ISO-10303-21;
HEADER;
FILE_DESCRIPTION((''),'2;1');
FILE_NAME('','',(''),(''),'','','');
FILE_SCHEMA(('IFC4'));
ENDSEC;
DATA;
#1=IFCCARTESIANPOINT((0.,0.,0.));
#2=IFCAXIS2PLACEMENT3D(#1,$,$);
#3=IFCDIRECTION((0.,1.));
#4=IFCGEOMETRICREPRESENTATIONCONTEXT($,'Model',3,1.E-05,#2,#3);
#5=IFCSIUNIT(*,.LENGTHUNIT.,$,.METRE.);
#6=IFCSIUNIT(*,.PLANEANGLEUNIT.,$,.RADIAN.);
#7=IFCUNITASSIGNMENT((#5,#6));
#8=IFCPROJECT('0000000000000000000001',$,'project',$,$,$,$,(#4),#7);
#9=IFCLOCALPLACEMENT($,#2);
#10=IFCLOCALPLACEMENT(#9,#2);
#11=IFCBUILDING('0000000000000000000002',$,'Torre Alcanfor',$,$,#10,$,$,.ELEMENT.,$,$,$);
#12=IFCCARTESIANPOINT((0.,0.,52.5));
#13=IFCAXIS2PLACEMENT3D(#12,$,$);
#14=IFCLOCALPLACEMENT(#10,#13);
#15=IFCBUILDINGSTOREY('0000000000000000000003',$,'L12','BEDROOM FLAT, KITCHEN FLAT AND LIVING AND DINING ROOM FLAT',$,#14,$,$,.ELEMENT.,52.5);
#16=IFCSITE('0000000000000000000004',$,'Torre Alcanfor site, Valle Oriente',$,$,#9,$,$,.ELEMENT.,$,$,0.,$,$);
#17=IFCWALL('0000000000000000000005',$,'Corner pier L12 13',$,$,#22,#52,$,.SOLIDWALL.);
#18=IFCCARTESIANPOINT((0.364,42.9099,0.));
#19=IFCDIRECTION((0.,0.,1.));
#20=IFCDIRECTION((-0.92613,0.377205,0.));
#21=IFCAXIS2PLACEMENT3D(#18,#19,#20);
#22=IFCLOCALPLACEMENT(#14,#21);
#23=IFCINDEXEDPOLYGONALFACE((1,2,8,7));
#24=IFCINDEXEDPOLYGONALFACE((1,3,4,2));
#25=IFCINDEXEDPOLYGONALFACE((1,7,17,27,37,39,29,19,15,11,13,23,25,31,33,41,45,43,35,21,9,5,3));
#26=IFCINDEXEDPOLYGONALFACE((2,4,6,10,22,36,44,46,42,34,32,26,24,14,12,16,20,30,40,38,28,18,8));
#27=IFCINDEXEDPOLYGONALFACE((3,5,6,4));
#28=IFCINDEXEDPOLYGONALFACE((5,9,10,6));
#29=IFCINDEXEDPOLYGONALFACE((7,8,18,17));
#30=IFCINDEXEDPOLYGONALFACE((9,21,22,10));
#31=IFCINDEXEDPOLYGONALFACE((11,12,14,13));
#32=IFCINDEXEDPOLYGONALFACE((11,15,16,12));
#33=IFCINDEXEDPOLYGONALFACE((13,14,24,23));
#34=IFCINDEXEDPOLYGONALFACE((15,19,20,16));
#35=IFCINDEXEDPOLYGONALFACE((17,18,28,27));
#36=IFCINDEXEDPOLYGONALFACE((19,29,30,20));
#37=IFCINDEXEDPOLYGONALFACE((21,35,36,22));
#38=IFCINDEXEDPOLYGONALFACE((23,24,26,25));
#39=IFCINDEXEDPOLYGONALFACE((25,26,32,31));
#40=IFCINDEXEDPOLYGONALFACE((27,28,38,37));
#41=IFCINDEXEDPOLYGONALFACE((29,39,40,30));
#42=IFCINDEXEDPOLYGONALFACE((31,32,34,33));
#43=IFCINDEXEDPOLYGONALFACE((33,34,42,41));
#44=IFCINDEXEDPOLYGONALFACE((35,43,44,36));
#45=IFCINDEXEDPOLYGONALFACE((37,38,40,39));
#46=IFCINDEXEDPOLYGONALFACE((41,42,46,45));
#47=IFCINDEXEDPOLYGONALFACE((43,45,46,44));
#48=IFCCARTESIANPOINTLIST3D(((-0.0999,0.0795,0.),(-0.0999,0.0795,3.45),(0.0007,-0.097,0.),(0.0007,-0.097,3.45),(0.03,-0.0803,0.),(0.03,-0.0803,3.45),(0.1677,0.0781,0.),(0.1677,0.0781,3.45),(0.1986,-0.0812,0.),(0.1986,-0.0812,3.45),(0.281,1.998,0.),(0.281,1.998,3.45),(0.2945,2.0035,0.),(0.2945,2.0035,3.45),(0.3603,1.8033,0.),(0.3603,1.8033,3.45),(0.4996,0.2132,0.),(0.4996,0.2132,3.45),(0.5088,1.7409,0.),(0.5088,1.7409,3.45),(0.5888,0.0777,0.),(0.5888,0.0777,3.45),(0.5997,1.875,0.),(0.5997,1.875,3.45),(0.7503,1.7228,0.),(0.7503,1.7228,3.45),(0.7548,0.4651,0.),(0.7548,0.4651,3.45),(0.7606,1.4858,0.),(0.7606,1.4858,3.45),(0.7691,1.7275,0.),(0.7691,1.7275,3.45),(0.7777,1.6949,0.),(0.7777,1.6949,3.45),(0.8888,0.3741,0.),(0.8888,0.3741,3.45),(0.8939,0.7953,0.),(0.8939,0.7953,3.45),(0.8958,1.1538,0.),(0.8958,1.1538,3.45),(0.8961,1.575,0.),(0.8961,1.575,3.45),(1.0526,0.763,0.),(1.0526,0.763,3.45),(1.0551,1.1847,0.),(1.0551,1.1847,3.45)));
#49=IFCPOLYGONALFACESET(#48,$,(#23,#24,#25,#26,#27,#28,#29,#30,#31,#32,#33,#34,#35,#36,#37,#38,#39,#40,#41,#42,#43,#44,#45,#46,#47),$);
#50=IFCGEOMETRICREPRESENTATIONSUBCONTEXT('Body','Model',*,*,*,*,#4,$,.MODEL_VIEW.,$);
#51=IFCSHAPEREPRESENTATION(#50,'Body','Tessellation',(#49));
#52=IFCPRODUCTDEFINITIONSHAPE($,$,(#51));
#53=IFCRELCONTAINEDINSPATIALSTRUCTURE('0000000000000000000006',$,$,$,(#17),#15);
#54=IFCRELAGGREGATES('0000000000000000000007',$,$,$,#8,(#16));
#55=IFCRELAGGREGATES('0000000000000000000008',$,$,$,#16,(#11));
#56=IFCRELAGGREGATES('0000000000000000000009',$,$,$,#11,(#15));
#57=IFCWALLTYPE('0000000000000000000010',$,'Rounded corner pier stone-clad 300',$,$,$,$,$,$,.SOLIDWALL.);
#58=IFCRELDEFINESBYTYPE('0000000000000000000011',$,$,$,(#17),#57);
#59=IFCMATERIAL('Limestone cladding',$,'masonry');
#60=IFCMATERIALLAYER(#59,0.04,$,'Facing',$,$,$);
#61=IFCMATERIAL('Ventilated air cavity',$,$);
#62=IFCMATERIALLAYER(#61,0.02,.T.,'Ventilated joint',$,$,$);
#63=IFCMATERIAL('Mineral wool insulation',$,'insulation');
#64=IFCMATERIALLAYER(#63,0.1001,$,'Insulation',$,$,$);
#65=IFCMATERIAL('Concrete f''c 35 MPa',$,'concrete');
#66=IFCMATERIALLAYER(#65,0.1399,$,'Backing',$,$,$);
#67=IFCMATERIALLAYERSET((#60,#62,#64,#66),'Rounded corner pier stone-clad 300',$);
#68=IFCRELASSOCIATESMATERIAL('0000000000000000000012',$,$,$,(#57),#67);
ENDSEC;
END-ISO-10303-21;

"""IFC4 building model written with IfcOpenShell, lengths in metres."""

from ifc_helpers import new_model, si_unit, direction, frame, origin, place, context, subcontext, project, spatial, polyline, outline, extrude, material, layer, layer_set, type_object, element, save


model = new_model("IFC4")

# Units and contexts
model_context = context("Model", 3, precision=1e-05, world=origin(), true_north=direction((0.0, 1.0)))
body_context = subcontext(model_context, "Body", "Model", "MODEL_VIEW")
ifc_project = project(units=[si_unit("LENGTHUNIT", "METRE"), si_unit("PLANEANGLEUNIT", "RADIAN")], contexts=[model_context])

# Site, building, storey
site_placement = place(None, origin())
site = spatial("IfcSite", under=ifc_project, at=site_placement, Name="Torre Alcanfor site, Valle Oriente", CompositionType="ELEMENT", RefElevation=0.0)
building_placement = place(site_placement, origin())
building = spatial("IfcBuilding", under=site, at=building_placement, Name="Torre Alcanfor", CompositionType="ELEMENT")
storey_placement = place(building_placement, frame((0.0, 0.0, 52.5)))
storey = spatial("IfcBuildingStorey", under=building, at=storey_placement, Name="L12", Description="BEDROOM FLAT, KITCHEN FLAT AND LIVING AND DINING ROOM FLAT", CompositionType="ELEMENT", Elevation=52.5)

# Shared definitions
ifc_material_1 = material(Name="Limestone cladding", Category="masonry")
ifc_material_2 = material(Name="Ventilated air cavity")
ifc_material_3 = material(Name="Mineral wool insulation", Category="insulation")
ifc_material_4 = material(Name="Concrete f'c 35 MPa", Category="concrete")

# Wall
ifc_layer_1 = layer(ifc_material_1, 0.04, Name="Facing")
ifc_layer_2 = layer(ifc_material_2, 0.02, ventilated=True, Name="Ventilated joint")
ifc_layer_3 = layer(ifc_material_3, 0.1001, Name="Insulation")
ifc_layer_4 = layer(ifc_material_4, 0.1399, Name="Backing")
ifc_layer_set_1 = layer_set([ifc_layer_1, ifc_layer_2, ifc_layer_3, ifc_layer_4], Name="Rounded corner pier stone-clad 300")
wall_type_1 = type_object("IfcWallType", Name="Rounded corner pier stone-clad 300", PredefinedType="SOLIDWALL", material=ifc_layer_set_1)
wall_1_placement = place(storey_placement, frame((0.364, 42.9099, 0.0), z_axis=(0.0, 0.0, 1.0), x_axis=(-0.92613, 0.377205, 0.0)))
element("IfcWall", 1, at=wall_1_placement, inside=storey, type_object=wall_type_1, Name="Corner pier L12 13", PredefinedType="SOLIDWALL", context=body_context, shape_type="SweptSolid", body=[
    extrude(outline(polyline([(0.3603, 1.8033), (0.5088, 1.7409), (0.7606, 1.4858), (0.8958, 1.1538), (0.8939, 0.7953), (0.7548, 0.4651), (0.4996, 0.2132), (0.1677, 0.0781), (-0.0999, 0.0795), (0.0007, -0.097), (0.03, -0.0803), (0.1986, -0.0812), (0.5888, 0.0777), (0.8888, 0.3741), (1.0526, 0.763), (1.0551, 1.1847), (0.8961, 1.575), (0.7777, 1.6949), (0.7691, 1.7275), (0.7503, 1.7228), (0.5997, 1.875), (0.2945, 2.0035), (0.281, 1.998), (0.3603, 1.8033)])), origin(), (0.0, 0.0, 1.0), 3.45),
])

save(model, "model.ifc")
